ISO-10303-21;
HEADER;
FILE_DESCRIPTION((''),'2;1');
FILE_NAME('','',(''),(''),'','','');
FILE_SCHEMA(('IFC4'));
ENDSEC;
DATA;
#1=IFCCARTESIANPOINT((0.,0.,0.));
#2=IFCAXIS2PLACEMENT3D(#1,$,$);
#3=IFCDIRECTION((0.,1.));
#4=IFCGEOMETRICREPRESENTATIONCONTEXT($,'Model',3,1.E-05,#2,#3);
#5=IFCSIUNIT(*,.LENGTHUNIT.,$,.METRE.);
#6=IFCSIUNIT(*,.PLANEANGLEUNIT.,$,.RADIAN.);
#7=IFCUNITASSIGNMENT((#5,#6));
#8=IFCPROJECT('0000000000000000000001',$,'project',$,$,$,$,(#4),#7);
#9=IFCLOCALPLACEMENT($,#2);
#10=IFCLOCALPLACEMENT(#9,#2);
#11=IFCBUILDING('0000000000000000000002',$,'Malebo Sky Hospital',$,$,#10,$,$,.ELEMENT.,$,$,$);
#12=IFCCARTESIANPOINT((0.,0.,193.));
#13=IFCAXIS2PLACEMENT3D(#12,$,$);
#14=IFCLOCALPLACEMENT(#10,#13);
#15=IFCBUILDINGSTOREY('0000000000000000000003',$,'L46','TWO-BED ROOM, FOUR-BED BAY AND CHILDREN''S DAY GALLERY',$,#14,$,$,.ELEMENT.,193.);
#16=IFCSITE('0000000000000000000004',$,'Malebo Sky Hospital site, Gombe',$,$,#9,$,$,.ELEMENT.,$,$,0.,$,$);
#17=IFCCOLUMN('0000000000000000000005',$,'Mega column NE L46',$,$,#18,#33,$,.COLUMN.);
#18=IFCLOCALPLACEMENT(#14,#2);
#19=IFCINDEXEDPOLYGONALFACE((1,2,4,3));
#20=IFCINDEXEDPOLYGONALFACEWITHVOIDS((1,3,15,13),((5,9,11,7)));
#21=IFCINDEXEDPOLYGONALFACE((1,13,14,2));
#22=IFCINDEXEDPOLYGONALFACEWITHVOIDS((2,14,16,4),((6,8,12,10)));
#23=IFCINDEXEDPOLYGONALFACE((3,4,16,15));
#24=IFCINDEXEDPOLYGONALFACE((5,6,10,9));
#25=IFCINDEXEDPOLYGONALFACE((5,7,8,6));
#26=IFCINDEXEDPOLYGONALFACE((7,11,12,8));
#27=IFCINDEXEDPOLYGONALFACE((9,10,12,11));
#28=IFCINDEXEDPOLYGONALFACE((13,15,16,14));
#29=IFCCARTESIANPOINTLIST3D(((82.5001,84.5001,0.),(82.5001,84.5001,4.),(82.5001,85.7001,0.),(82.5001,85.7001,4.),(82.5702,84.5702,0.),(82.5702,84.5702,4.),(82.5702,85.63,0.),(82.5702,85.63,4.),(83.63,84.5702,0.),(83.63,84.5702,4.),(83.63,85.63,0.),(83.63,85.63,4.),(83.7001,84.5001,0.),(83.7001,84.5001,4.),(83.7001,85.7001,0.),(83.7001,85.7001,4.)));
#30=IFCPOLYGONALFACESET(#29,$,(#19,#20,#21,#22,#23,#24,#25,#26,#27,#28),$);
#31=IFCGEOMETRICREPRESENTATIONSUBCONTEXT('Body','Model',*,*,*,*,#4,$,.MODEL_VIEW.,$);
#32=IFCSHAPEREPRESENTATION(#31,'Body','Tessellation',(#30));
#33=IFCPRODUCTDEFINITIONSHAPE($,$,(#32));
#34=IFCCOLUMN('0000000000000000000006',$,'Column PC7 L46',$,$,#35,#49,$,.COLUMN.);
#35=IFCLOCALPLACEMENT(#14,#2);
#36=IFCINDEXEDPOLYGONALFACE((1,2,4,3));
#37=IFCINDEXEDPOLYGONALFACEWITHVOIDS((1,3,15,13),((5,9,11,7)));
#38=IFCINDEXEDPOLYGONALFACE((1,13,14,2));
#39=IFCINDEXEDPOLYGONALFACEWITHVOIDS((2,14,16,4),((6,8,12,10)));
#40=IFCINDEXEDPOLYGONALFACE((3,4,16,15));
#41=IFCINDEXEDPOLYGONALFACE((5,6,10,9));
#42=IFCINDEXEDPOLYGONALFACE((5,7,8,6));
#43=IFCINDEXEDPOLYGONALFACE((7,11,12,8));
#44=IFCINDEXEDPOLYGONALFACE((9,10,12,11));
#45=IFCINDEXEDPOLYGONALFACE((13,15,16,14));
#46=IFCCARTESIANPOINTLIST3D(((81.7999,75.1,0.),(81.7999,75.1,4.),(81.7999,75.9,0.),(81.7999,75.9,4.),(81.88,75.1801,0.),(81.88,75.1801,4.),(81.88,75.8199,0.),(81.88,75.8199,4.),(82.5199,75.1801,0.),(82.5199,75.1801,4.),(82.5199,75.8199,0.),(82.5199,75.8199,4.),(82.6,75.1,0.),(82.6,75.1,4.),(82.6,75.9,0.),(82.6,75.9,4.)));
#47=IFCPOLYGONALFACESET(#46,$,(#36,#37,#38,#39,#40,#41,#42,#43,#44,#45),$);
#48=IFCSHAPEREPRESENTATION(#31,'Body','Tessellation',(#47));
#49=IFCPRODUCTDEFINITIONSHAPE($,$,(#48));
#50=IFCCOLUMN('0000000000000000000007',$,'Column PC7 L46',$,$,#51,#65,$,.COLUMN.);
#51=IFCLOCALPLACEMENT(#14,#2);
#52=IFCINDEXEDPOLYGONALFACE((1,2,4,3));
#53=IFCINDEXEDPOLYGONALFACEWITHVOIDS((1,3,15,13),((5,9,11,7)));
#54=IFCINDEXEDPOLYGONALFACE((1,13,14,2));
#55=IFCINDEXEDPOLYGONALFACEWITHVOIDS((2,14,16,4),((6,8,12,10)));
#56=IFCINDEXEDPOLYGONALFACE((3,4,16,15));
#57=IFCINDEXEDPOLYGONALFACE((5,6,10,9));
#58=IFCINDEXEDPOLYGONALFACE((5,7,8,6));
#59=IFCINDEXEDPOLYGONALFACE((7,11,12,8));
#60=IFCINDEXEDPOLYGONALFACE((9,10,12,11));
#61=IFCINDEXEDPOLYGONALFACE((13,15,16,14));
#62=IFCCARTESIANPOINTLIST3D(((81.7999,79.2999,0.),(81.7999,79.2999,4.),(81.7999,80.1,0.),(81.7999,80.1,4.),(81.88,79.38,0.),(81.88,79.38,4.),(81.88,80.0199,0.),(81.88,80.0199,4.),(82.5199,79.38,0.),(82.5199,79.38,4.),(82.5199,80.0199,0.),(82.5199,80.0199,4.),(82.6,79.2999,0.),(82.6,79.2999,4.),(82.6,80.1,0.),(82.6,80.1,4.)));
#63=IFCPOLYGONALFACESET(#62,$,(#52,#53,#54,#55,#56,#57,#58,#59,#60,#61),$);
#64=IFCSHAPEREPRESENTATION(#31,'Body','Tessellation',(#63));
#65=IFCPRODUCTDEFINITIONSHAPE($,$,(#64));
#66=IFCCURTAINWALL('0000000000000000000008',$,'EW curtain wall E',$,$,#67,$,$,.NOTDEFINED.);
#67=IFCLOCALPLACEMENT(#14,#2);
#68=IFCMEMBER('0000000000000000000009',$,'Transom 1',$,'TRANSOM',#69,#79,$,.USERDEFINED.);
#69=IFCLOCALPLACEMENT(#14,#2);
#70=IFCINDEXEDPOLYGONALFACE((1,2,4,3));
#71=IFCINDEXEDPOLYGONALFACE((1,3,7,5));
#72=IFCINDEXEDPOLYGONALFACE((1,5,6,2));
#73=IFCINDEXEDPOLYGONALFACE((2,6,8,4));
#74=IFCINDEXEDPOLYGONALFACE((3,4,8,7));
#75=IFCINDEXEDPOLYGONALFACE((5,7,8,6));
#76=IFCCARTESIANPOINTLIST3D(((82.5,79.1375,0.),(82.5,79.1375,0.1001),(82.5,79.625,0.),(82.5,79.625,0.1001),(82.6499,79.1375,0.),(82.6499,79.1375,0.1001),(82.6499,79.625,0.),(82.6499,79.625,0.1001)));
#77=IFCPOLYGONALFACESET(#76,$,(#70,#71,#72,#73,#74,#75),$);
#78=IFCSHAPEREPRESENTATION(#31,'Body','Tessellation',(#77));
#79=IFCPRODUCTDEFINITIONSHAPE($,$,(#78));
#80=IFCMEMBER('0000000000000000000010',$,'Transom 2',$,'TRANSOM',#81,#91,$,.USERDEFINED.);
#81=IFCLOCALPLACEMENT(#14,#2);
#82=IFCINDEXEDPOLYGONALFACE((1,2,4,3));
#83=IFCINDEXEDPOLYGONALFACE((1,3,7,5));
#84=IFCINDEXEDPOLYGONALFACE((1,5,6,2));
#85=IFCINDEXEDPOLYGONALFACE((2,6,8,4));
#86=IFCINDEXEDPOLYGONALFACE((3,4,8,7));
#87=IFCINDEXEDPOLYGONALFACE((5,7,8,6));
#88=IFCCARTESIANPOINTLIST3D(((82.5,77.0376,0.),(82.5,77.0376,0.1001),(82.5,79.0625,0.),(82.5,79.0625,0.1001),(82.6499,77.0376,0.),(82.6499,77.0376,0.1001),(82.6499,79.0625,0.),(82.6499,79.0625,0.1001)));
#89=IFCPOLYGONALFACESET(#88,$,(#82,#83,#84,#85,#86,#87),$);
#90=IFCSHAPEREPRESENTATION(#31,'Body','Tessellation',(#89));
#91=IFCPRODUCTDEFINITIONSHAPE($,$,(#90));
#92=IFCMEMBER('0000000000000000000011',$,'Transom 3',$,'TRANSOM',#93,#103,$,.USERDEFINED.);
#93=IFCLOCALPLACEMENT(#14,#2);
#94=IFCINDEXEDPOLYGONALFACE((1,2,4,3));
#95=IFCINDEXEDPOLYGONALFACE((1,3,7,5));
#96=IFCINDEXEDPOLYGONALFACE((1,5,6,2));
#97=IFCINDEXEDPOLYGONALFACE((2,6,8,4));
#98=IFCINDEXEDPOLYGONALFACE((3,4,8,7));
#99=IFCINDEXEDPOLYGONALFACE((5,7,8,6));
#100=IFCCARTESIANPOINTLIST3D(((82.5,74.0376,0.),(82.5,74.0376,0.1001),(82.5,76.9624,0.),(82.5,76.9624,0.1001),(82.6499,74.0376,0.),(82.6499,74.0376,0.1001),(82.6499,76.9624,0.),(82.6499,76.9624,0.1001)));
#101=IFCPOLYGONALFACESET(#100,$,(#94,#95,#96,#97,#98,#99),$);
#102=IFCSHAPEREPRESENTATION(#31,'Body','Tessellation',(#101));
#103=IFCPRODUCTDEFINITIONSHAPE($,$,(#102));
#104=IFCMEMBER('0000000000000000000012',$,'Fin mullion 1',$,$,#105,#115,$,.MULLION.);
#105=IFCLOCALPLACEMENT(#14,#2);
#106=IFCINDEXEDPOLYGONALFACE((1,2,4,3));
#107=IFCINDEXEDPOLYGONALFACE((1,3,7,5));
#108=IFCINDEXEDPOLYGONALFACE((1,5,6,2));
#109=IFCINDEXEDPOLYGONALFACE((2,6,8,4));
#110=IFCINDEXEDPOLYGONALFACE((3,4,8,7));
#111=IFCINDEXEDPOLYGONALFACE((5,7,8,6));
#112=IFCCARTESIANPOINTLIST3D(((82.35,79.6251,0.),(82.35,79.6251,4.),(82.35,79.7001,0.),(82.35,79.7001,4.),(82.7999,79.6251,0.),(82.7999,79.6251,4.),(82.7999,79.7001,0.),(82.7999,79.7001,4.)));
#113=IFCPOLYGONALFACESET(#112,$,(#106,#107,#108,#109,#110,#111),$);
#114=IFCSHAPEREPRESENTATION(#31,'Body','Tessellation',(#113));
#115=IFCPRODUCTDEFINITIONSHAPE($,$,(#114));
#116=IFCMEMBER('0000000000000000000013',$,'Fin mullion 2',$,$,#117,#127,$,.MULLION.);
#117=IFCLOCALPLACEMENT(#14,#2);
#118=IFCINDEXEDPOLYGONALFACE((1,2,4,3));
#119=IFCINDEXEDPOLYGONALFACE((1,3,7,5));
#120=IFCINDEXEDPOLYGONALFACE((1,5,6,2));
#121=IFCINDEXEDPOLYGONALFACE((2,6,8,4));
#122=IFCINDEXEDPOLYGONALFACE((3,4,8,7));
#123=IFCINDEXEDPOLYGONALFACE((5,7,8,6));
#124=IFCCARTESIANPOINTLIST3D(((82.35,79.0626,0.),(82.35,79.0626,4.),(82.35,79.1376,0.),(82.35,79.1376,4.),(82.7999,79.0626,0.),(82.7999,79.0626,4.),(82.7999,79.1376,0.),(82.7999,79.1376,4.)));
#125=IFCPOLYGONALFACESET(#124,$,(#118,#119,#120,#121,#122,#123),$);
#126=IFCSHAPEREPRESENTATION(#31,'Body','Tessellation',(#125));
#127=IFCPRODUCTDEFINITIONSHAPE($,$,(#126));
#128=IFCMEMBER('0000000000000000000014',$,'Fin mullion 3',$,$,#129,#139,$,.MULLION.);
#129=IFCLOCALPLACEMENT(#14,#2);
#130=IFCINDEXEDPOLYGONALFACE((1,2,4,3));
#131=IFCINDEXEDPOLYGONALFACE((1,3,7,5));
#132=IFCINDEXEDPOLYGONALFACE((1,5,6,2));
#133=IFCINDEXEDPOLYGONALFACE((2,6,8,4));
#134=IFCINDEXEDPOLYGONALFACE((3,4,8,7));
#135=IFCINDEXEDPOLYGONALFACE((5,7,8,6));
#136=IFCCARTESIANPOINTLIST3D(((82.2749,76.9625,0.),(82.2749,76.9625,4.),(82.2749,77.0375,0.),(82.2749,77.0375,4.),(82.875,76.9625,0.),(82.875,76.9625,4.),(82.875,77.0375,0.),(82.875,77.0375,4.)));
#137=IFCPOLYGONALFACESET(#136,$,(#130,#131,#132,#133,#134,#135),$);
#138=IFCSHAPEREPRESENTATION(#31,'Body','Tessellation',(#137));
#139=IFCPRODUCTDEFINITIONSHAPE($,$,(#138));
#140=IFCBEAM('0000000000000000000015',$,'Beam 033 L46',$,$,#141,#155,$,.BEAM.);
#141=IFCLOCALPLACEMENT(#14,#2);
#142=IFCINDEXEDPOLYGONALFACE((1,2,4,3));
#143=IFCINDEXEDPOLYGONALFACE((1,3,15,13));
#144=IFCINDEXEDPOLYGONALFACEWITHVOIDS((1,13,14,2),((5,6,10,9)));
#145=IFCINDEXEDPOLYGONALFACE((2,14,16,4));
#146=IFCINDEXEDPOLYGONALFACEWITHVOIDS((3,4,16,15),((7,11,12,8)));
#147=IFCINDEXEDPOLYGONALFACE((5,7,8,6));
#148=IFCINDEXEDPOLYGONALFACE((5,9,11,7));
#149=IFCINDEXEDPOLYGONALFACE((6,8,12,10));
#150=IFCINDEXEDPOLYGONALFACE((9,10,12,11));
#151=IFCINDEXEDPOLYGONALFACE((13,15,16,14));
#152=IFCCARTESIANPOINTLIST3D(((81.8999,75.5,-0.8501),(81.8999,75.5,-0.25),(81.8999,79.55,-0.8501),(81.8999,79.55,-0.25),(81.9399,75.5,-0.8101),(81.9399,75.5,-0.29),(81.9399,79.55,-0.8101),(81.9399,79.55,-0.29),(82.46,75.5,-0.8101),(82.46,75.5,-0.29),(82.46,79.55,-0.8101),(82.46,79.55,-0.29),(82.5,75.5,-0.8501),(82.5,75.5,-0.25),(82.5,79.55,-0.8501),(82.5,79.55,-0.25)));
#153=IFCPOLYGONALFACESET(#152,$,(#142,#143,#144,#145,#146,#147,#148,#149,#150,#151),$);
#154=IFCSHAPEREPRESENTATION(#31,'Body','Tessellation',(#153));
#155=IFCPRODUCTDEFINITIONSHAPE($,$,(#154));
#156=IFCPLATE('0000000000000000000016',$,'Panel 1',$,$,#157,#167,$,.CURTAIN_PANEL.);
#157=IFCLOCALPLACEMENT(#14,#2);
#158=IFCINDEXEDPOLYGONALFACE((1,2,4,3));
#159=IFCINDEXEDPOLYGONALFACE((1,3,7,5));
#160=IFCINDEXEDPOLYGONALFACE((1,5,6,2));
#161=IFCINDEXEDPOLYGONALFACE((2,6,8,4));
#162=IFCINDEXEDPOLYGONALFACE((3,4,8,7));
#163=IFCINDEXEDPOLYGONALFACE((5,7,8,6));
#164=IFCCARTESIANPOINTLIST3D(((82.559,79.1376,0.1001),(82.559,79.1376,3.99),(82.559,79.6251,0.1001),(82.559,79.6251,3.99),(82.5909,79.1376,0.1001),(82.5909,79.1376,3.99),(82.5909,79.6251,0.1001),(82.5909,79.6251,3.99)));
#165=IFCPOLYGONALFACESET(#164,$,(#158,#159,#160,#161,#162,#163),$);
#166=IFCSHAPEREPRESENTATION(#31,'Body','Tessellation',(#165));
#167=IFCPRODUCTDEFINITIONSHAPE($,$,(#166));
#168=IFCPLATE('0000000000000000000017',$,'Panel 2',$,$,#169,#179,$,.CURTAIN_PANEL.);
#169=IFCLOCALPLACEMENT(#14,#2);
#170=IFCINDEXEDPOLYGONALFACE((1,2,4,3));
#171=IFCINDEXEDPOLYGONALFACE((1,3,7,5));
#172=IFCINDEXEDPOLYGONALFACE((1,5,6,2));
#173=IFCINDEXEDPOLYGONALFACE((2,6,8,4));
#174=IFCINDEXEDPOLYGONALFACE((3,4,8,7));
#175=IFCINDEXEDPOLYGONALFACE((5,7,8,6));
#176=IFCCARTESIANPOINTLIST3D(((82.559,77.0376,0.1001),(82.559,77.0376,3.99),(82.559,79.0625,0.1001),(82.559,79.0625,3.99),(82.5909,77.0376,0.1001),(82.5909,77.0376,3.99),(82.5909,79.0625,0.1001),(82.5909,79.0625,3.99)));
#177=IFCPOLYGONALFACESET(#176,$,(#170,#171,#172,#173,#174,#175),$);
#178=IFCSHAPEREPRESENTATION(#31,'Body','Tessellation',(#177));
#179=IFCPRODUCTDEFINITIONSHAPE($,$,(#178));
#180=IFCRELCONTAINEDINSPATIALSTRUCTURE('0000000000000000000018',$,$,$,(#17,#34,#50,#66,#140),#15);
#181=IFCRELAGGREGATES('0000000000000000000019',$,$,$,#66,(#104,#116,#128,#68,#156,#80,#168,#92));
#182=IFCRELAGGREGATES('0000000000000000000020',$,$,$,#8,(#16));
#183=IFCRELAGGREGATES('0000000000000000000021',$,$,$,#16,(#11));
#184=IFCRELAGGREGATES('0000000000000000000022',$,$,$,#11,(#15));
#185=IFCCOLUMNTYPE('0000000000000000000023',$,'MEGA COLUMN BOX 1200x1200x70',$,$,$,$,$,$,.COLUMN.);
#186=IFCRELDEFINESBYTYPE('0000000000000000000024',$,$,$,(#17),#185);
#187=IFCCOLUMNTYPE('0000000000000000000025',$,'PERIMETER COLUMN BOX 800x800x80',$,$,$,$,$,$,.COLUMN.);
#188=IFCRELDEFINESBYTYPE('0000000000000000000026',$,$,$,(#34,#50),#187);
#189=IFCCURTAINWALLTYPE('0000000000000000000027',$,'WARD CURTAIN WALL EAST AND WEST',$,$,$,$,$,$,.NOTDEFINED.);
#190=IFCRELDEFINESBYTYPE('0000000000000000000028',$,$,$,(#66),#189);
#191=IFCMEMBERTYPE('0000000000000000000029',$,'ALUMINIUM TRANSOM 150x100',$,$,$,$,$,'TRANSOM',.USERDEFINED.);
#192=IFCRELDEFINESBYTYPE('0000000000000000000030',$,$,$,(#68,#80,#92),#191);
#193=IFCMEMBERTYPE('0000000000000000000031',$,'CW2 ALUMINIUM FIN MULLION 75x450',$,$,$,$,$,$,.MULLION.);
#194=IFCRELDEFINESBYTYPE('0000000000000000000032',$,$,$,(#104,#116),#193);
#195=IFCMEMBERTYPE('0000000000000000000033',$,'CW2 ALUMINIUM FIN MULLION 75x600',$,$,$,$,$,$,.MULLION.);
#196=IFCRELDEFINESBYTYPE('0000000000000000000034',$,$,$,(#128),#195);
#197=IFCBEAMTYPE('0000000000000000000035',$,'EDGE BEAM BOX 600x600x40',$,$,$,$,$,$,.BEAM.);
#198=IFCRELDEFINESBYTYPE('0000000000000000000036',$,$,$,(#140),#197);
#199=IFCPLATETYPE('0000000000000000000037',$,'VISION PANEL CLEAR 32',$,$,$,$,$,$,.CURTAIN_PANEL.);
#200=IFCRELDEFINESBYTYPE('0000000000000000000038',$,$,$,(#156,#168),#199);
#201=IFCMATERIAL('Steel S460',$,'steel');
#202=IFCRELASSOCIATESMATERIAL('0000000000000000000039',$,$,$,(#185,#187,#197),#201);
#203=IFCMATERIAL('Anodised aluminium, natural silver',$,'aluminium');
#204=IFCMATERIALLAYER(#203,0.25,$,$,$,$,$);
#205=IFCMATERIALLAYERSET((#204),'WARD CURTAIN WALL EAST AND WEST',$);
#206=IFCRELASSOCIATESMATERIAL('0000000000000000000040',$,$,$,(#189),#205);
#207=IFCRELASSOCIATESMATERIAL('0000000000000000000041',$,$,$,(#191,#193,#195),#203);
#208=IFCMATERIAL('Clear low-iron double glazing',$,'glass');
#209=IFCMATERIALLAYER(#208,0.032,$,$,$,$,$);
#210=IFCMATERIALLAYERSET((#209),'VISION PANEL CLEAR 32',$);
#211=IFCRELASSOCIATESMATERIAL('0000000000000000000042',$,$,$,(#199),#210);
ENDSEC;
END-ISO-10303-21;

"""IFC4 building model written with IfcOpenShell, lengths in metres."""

from ifc_helpers import new_model, si_unit, direction, frame, origin, origin_2d, place, context, subcontext, project, spatial, rectangle, hollow_rectangle, extrude, material, layer, layer_set, material_profile, profile_set, type_object, element, aggregate, save


model = new_model("IFC4")

# Units and contexts
model_context = context("Model", 3, precision=1e-05, world=origin(), true_north=direction((0.0, 1.0)))
body_context = subcontext(model_context, "Body", "Model", "MODEL_VIEW")
ifc_project = project(units=[si_unit("LENGTHUNIT", "METRE"), si_unit("PLANEANGLEUNIT", "RADIAN")], contexts=[model_context])

# Site, building, storey
site_placement = place(None, origin())
site = spatial("IfcSite", under=ifc_project, at=site_placement, Name="Malebo Sky Hospital site, Gombe", CompositionType="ELEMENT", RefElevation=0.0)
building_placement = place(site_placement, origin())
building = spatial("IfcBuilding", under=site, at=building_placement, Name="Malebo Sky Hospital", CompositionType="ELEMENT")
storey_placement = place(building_placement, frame((0.0, 0.0, 193.0)))
storey = spatial("IfcBuildingStorey", under=building, at=storey_placement, Name="L46", Description="TWO-BED ROOM, FOUR-BED BAY AND CHILDREN'S DAY GALLERY", CompositionType="ELEMENT", Elevation=193.0)

# Columns
ifc_material_1 = material(Name="Steel S460", Category="steel")
ifc_material_profile_1 = material_profile(ifc_material_1, hollow_rectangle(XDim=1.2, YDim=1.2, WallThickness=0.0701, at=origin_2d()), Name="BOX 1200x1200x70")
ifc_profile_set_1 = profile_set([ifc_material_profile_1], Name="Steel S460")
column_type_1 = type_object("IfcColumnType", Name="MEGA COLUMN BOX 1200x1200x70", PredefinedType="COLUMN", material=ifc_profile_set_1)
column_placement = place(storey_placement, frame((83.1001, 85.1001, 0.0), z_axis=(0.0, 0.0, 1.0), x_axis=(1.0, 0.0, 0.0)))
element("IfcColumn", 1, at=column_placement, inside=storey, type_object=column_type_1, Name="Mega column NE L46", PredefinedType="COLUMN", context=body_context, shape_type="SweptSolid", body=[
    extrude(hollow_rectangle(XDim=1.2, YDim=1.2, WallThickness=0.0701, at=origin_2d()), origin(), (0.0, 0.0, 1.0), 4.0),
])
ifc_material_profile_2 = material_profile(ifc_material_1, hollow_rectangle(XDim=0.8, YDim=0.8, WallThickness=0.0801, at=origin_2d()), Name="BOX 800x800x80")
ifc_profile_set_2 = profile_set([ifc_material_profile_2], Name="Steel S460")
column_type_2 = type_object("IfcColumnType", Name="PERIMETER COLUMN BOX 800x800x80", PredefinedType="COLUMN", material=ifc_profile_set_2)
for number, where, z_axis, x_axis, name in (
    (2, (82.2, 75.5, 0.0), (0.0, 0.0, 1.0), (1.0, 0.0, 0.0), "Column PC7 L46"),
    (3, (82.2, 79.7, 0.0), (0.0, 0.0, 1.0), (1.0, 0.0, 0.0), "Column PC7 L46"),
):
    element("IfcColumn", number, at=place(storey_placement, frame(where, z_axis=z_axis, x_axis=x_axis)), inside=storey, type_object=column_type_2, Name=name, PredefinedType="COLUMN", context=body_context, shape_type="SweptSolid", body=[
        extrude(hollow_rectangle(XDim=0.8, YDim=0.8, WallThickness=0.0801, at=origin_2d()), origin(), (0.0, 0.0, 1.0), 4.0),
    ])

# Curtain wall, members
ifc_material_2 = material(Name="Anodised aluminium, natural silver", Category="aluminium")
ifc_layer_1 = layer(ifc_material_2, 0.25)
ifc_layer_set_1 = layer_set([ifc_layer_1], Name="WARD CURTAIN WALL EAST AND WEST")
curtain_wall_type = type_object("IfcCurtainWallType", Name="WARD CURTAIN WALL EAST AND WEST", PredefinedType="NOTDEFINED", material=ifc_layer_set_1)
curtain_wall_placement = place(storey_placement, origin())
curtain_wall = element("IfcCurtainWall", 4, at=curtain_wall_placement, inside=storey, type_object=curtain_wall_type, Name="EW curtain wall E", PredefinedType="NOTDEFINED")
ifc_material_profile_3 = material_profile(ifc_material_2, rectangle(XDim=0.1499, YDim=0.1001, at=origin_2d()), Name="ALUMINIUM TRANSOM 150x100")
ifc_profile_set_3 = profile_set([ifc_material_profile_3], Name="Anodised aluminium, natural silver")
member_type_1 = type_object("IfcMemberType", Name="ALUMINIUM TRANSOM 150x100", ElementType="TRANSOM", PredefinedType="USERDEFINED", material=ifc_profile_set_3)
member_1_placement = place(storey_placement, frame((82.575, 79.625, 0.05), z_axis=(0.0, -1.0, 0.0), x_axis=(1.0, 0.0, 0.0)))
member_1 = element("IfcMember", 5, at=member_1_placement, type_object=member_type_1, Name="Transom 1", ObjectType="TRANSOM", PredefinedType="USERDEFINED", context=body_context, shape_type="SweptSolid", body=[
    extrude(rectangle(XDim=0.1499, YDim=0.1001, at=origin_2d()), origin(), (0.0, 0.0, 1.0), 0.4875),
])
member_2_placement = place(storey_placement, frame((82.575, 79.0625, 0.05), z_axis=(0.0, -1.0, 0.0), x_axis=(1.0, 0.0, 0.0)))
member_2 = element("IfcMember", 6, at=member_2_placement, type_object=member_type_1, Name="Transom 2", ObjectType="TRANSOM", PredefinedType="USERDEFINED", context=body_context, shape_type="SweptSolid", body=[
    extrude(rectangle(XDim=0.1499, YDim=0.1001, at=origin_2d()), origin(), (0.0, 0.0, 1.0), 2.0249),
])
member_3_placement = place(storey_placement, frame((82.575, 76.9624, 0.05), z_axis=(0.0, -1.0, 0.0), x_axis=(1.0, 0.0, 0.0)))
member_3 = element("IfcMember", 7, at=member_3_placement, type_object=member_type_1, Name="Transom 3", ObjectType="TRANSOM", PredefinedType="USERDEFINED", context=body_context, shape_type="SweptSolid", body=[
    extrude(rectangle(XDim=0.1499, YDim=0.1001, at=origin_2d()), origin(), (0.0, 0.0, 1.0), 2.9248),
])
ifc_material_profile_4 = material_profile(ifc_material_2, rectangle(XDim=0.075, YDim=0.45, at=origin_2d()), Name="CW2 ALUMINIUM FIN MULLION 75x450")
ifc_profile_set_4 = profile_set([ifc_material_profile_4], Name="Anodised aluminium, natural silver")
member_type_2 = type_object("IfcMemberType", Name="CW2 ALUMINIUM FIN MULLION 75x450", PredefinedType="MULLION", material=ifc_profile_set_4)
member_4_placement = place(storey_placement, frame((82.575, 79.6626, 0.0), z_axis=(0.0, 0.0, 1.0), x_axis=(0.0, -1.0, 0.0)))
member_4 = element("IfcMember", 8, at=member_4_placement, type_object=member_type_2, Name="Fin mullion 1", PredefinedType="MULLION", context=body_context, shape_type="SweptSolid", body=[
    extrude(rectangle(XDim=0.075, YDim=0.45, at=origin_2d()), origin(), (0.0, 0.0, 1.0), 4.0),
])
member_5_placement = place(storey_placement, frame((82.575, 79.1001, 0.0), z_axis=(0.0, 0.0, 1.0), x_axis=(0.0, -1.0, 0.0)))
member_5 = element("IfcMember", 9, at=member_5_placement, type_object=member_type_2, Name="Fin mullion 2", PredefinedType="MULLION", context=body_context, shape_type="SweptSolid", body=[
    extrude(rectangle(XDim=0.075, YDim=0.45, at=origin_2d()), origin(), (0.0, 0.0, 1.0), 4.0),
])
ifc_material_profile_5 = material_profile(ifc_material_2, rectangle(XDim=0.075, YDim=0.6001, at=origin_2d()), Name="CW2 ALUMINIUM FIN MULLION 75x600")
ifc_profile_set_5 = profile_set([ifc_material_profile_5], Name="Anodised aluminium, natural silver")
member_type_3 = type_object("IfcMemberType", Name="CW2 ALUMINIUM FIN MULLION 75x600", PredefinedType="MULLION", material=ifc_profile_set_5)
member_6_placement = place(storey_placement, frame((82.575, 77.0, 0.0), z_axis=(0.0, 0.0, 1.0), x_axis=(0.0, -1.0, 0.0)))
member_6 = element("IfcMember", 10, at=member_6_placement, type_object=member_type_3, Name="Fin mullion 3", PredefinedType="MULLION", context=body_context, shape_type="SweptSolid", body=[
    extrude(rectangle(XDim=0.075, YDim=0.6001, at=origin_2d()), origin(), (0.0, 0.0, 1.0), 4.0),
])

# Beam
ifc_material_profile_6 = material_profile(ifc_material_1, hollow_rectangle(XDim=0.6001, YDim=0.6001, WallThickness=0.04, at=origin_2d()), Name="BOX 600x600x40")
ifc_profile_set_6 = profile_set([ifc_material_profile_6], Name="Steel S460")
beam_type = type_object("IfcBeamType", Name="EDGE BEAM BOX 600x600x40", PredefinedType="BEAM", material=ifc_profile_set_6)
beam_placement = place(storey_placement, frame((82.2, 75.5, -0.55), z_axis=(0.0, 1.0, 0.0), x_axis=(-1.0, 0.0, 0.0)))
element("IfcBeam", 11, at=beam_placement, inside=storey, type_object=beam_type, Name="Beam 033 L46", PredefinedType="BEAM", context=body_context, shape_type="SweptSolid", body=[
    extrude(hollow_rectangle(XDim=0.6001, YDim=0.6001, WallThickness=0.04, at=origin_2d()), origin(), (0.0, 0.0, 1.0), 4.05),
])

# Plates
ifc_material_3 = material(Name="Clear low-iron double glazing", Category="glass")
ifc_layer_2 = layer(ifc_material_3, 0.032)
ifc_layer_set_2 = layer_set([ifc_layer_2], Name="VISION PANEL CLEAR 32")
plate_type = type_object("IfcPlateType", Name="VISION PANEL CLEAR 32", PredefinedType="CURTAIN_PANEL", material=ifc_layer_set_2)
plate_1_placement = place(storey_placement, frame((82.575, 79.3813, 0.1001), z_axis=(0.0, 0.0, 1.0), x_axis=(0.0, -1.0, 0.0)))
plate_1 = element("IfcPlate", 12, at=plate_1_placement, type_object=plate_type, Name="Panel 1", PredefinedType="CURTAIN_PANEL", context=body_context, shape_type="SweptSolid", body=[
    extrude(rectangle(XDim=0.4875, YDim=0.032, at=origin_2d()), origin(), (0.0, 0.0, 1.0), 3.8899),
])
plate_2_placement = place(storey_placement, frame((82.575, 78.05, 0.1001), z_axis=(0.0, 0.0, 1.0), x_axis=(0.0, -1.0, 0.0)))
plate_2 = element("IfcPlate", 13, at=plate_2_placement, type_object=plate_type, Name="Panel 2", PredefinedType="CURTAIN_PANEL", context=body_context, shape_type="SweptSolid", body=[
    extrude(rectangle(XDim=2.0249, YDim=0.032, at=origin_2d()), origin(), (0.0, 0.0, 1.0), 3.8899),
])
aggregate(curtain_wall, [member_4, member_5, member_6, member_1, plate_1, member_2, plate_2, member_3])

save(model, "model.ifc")
